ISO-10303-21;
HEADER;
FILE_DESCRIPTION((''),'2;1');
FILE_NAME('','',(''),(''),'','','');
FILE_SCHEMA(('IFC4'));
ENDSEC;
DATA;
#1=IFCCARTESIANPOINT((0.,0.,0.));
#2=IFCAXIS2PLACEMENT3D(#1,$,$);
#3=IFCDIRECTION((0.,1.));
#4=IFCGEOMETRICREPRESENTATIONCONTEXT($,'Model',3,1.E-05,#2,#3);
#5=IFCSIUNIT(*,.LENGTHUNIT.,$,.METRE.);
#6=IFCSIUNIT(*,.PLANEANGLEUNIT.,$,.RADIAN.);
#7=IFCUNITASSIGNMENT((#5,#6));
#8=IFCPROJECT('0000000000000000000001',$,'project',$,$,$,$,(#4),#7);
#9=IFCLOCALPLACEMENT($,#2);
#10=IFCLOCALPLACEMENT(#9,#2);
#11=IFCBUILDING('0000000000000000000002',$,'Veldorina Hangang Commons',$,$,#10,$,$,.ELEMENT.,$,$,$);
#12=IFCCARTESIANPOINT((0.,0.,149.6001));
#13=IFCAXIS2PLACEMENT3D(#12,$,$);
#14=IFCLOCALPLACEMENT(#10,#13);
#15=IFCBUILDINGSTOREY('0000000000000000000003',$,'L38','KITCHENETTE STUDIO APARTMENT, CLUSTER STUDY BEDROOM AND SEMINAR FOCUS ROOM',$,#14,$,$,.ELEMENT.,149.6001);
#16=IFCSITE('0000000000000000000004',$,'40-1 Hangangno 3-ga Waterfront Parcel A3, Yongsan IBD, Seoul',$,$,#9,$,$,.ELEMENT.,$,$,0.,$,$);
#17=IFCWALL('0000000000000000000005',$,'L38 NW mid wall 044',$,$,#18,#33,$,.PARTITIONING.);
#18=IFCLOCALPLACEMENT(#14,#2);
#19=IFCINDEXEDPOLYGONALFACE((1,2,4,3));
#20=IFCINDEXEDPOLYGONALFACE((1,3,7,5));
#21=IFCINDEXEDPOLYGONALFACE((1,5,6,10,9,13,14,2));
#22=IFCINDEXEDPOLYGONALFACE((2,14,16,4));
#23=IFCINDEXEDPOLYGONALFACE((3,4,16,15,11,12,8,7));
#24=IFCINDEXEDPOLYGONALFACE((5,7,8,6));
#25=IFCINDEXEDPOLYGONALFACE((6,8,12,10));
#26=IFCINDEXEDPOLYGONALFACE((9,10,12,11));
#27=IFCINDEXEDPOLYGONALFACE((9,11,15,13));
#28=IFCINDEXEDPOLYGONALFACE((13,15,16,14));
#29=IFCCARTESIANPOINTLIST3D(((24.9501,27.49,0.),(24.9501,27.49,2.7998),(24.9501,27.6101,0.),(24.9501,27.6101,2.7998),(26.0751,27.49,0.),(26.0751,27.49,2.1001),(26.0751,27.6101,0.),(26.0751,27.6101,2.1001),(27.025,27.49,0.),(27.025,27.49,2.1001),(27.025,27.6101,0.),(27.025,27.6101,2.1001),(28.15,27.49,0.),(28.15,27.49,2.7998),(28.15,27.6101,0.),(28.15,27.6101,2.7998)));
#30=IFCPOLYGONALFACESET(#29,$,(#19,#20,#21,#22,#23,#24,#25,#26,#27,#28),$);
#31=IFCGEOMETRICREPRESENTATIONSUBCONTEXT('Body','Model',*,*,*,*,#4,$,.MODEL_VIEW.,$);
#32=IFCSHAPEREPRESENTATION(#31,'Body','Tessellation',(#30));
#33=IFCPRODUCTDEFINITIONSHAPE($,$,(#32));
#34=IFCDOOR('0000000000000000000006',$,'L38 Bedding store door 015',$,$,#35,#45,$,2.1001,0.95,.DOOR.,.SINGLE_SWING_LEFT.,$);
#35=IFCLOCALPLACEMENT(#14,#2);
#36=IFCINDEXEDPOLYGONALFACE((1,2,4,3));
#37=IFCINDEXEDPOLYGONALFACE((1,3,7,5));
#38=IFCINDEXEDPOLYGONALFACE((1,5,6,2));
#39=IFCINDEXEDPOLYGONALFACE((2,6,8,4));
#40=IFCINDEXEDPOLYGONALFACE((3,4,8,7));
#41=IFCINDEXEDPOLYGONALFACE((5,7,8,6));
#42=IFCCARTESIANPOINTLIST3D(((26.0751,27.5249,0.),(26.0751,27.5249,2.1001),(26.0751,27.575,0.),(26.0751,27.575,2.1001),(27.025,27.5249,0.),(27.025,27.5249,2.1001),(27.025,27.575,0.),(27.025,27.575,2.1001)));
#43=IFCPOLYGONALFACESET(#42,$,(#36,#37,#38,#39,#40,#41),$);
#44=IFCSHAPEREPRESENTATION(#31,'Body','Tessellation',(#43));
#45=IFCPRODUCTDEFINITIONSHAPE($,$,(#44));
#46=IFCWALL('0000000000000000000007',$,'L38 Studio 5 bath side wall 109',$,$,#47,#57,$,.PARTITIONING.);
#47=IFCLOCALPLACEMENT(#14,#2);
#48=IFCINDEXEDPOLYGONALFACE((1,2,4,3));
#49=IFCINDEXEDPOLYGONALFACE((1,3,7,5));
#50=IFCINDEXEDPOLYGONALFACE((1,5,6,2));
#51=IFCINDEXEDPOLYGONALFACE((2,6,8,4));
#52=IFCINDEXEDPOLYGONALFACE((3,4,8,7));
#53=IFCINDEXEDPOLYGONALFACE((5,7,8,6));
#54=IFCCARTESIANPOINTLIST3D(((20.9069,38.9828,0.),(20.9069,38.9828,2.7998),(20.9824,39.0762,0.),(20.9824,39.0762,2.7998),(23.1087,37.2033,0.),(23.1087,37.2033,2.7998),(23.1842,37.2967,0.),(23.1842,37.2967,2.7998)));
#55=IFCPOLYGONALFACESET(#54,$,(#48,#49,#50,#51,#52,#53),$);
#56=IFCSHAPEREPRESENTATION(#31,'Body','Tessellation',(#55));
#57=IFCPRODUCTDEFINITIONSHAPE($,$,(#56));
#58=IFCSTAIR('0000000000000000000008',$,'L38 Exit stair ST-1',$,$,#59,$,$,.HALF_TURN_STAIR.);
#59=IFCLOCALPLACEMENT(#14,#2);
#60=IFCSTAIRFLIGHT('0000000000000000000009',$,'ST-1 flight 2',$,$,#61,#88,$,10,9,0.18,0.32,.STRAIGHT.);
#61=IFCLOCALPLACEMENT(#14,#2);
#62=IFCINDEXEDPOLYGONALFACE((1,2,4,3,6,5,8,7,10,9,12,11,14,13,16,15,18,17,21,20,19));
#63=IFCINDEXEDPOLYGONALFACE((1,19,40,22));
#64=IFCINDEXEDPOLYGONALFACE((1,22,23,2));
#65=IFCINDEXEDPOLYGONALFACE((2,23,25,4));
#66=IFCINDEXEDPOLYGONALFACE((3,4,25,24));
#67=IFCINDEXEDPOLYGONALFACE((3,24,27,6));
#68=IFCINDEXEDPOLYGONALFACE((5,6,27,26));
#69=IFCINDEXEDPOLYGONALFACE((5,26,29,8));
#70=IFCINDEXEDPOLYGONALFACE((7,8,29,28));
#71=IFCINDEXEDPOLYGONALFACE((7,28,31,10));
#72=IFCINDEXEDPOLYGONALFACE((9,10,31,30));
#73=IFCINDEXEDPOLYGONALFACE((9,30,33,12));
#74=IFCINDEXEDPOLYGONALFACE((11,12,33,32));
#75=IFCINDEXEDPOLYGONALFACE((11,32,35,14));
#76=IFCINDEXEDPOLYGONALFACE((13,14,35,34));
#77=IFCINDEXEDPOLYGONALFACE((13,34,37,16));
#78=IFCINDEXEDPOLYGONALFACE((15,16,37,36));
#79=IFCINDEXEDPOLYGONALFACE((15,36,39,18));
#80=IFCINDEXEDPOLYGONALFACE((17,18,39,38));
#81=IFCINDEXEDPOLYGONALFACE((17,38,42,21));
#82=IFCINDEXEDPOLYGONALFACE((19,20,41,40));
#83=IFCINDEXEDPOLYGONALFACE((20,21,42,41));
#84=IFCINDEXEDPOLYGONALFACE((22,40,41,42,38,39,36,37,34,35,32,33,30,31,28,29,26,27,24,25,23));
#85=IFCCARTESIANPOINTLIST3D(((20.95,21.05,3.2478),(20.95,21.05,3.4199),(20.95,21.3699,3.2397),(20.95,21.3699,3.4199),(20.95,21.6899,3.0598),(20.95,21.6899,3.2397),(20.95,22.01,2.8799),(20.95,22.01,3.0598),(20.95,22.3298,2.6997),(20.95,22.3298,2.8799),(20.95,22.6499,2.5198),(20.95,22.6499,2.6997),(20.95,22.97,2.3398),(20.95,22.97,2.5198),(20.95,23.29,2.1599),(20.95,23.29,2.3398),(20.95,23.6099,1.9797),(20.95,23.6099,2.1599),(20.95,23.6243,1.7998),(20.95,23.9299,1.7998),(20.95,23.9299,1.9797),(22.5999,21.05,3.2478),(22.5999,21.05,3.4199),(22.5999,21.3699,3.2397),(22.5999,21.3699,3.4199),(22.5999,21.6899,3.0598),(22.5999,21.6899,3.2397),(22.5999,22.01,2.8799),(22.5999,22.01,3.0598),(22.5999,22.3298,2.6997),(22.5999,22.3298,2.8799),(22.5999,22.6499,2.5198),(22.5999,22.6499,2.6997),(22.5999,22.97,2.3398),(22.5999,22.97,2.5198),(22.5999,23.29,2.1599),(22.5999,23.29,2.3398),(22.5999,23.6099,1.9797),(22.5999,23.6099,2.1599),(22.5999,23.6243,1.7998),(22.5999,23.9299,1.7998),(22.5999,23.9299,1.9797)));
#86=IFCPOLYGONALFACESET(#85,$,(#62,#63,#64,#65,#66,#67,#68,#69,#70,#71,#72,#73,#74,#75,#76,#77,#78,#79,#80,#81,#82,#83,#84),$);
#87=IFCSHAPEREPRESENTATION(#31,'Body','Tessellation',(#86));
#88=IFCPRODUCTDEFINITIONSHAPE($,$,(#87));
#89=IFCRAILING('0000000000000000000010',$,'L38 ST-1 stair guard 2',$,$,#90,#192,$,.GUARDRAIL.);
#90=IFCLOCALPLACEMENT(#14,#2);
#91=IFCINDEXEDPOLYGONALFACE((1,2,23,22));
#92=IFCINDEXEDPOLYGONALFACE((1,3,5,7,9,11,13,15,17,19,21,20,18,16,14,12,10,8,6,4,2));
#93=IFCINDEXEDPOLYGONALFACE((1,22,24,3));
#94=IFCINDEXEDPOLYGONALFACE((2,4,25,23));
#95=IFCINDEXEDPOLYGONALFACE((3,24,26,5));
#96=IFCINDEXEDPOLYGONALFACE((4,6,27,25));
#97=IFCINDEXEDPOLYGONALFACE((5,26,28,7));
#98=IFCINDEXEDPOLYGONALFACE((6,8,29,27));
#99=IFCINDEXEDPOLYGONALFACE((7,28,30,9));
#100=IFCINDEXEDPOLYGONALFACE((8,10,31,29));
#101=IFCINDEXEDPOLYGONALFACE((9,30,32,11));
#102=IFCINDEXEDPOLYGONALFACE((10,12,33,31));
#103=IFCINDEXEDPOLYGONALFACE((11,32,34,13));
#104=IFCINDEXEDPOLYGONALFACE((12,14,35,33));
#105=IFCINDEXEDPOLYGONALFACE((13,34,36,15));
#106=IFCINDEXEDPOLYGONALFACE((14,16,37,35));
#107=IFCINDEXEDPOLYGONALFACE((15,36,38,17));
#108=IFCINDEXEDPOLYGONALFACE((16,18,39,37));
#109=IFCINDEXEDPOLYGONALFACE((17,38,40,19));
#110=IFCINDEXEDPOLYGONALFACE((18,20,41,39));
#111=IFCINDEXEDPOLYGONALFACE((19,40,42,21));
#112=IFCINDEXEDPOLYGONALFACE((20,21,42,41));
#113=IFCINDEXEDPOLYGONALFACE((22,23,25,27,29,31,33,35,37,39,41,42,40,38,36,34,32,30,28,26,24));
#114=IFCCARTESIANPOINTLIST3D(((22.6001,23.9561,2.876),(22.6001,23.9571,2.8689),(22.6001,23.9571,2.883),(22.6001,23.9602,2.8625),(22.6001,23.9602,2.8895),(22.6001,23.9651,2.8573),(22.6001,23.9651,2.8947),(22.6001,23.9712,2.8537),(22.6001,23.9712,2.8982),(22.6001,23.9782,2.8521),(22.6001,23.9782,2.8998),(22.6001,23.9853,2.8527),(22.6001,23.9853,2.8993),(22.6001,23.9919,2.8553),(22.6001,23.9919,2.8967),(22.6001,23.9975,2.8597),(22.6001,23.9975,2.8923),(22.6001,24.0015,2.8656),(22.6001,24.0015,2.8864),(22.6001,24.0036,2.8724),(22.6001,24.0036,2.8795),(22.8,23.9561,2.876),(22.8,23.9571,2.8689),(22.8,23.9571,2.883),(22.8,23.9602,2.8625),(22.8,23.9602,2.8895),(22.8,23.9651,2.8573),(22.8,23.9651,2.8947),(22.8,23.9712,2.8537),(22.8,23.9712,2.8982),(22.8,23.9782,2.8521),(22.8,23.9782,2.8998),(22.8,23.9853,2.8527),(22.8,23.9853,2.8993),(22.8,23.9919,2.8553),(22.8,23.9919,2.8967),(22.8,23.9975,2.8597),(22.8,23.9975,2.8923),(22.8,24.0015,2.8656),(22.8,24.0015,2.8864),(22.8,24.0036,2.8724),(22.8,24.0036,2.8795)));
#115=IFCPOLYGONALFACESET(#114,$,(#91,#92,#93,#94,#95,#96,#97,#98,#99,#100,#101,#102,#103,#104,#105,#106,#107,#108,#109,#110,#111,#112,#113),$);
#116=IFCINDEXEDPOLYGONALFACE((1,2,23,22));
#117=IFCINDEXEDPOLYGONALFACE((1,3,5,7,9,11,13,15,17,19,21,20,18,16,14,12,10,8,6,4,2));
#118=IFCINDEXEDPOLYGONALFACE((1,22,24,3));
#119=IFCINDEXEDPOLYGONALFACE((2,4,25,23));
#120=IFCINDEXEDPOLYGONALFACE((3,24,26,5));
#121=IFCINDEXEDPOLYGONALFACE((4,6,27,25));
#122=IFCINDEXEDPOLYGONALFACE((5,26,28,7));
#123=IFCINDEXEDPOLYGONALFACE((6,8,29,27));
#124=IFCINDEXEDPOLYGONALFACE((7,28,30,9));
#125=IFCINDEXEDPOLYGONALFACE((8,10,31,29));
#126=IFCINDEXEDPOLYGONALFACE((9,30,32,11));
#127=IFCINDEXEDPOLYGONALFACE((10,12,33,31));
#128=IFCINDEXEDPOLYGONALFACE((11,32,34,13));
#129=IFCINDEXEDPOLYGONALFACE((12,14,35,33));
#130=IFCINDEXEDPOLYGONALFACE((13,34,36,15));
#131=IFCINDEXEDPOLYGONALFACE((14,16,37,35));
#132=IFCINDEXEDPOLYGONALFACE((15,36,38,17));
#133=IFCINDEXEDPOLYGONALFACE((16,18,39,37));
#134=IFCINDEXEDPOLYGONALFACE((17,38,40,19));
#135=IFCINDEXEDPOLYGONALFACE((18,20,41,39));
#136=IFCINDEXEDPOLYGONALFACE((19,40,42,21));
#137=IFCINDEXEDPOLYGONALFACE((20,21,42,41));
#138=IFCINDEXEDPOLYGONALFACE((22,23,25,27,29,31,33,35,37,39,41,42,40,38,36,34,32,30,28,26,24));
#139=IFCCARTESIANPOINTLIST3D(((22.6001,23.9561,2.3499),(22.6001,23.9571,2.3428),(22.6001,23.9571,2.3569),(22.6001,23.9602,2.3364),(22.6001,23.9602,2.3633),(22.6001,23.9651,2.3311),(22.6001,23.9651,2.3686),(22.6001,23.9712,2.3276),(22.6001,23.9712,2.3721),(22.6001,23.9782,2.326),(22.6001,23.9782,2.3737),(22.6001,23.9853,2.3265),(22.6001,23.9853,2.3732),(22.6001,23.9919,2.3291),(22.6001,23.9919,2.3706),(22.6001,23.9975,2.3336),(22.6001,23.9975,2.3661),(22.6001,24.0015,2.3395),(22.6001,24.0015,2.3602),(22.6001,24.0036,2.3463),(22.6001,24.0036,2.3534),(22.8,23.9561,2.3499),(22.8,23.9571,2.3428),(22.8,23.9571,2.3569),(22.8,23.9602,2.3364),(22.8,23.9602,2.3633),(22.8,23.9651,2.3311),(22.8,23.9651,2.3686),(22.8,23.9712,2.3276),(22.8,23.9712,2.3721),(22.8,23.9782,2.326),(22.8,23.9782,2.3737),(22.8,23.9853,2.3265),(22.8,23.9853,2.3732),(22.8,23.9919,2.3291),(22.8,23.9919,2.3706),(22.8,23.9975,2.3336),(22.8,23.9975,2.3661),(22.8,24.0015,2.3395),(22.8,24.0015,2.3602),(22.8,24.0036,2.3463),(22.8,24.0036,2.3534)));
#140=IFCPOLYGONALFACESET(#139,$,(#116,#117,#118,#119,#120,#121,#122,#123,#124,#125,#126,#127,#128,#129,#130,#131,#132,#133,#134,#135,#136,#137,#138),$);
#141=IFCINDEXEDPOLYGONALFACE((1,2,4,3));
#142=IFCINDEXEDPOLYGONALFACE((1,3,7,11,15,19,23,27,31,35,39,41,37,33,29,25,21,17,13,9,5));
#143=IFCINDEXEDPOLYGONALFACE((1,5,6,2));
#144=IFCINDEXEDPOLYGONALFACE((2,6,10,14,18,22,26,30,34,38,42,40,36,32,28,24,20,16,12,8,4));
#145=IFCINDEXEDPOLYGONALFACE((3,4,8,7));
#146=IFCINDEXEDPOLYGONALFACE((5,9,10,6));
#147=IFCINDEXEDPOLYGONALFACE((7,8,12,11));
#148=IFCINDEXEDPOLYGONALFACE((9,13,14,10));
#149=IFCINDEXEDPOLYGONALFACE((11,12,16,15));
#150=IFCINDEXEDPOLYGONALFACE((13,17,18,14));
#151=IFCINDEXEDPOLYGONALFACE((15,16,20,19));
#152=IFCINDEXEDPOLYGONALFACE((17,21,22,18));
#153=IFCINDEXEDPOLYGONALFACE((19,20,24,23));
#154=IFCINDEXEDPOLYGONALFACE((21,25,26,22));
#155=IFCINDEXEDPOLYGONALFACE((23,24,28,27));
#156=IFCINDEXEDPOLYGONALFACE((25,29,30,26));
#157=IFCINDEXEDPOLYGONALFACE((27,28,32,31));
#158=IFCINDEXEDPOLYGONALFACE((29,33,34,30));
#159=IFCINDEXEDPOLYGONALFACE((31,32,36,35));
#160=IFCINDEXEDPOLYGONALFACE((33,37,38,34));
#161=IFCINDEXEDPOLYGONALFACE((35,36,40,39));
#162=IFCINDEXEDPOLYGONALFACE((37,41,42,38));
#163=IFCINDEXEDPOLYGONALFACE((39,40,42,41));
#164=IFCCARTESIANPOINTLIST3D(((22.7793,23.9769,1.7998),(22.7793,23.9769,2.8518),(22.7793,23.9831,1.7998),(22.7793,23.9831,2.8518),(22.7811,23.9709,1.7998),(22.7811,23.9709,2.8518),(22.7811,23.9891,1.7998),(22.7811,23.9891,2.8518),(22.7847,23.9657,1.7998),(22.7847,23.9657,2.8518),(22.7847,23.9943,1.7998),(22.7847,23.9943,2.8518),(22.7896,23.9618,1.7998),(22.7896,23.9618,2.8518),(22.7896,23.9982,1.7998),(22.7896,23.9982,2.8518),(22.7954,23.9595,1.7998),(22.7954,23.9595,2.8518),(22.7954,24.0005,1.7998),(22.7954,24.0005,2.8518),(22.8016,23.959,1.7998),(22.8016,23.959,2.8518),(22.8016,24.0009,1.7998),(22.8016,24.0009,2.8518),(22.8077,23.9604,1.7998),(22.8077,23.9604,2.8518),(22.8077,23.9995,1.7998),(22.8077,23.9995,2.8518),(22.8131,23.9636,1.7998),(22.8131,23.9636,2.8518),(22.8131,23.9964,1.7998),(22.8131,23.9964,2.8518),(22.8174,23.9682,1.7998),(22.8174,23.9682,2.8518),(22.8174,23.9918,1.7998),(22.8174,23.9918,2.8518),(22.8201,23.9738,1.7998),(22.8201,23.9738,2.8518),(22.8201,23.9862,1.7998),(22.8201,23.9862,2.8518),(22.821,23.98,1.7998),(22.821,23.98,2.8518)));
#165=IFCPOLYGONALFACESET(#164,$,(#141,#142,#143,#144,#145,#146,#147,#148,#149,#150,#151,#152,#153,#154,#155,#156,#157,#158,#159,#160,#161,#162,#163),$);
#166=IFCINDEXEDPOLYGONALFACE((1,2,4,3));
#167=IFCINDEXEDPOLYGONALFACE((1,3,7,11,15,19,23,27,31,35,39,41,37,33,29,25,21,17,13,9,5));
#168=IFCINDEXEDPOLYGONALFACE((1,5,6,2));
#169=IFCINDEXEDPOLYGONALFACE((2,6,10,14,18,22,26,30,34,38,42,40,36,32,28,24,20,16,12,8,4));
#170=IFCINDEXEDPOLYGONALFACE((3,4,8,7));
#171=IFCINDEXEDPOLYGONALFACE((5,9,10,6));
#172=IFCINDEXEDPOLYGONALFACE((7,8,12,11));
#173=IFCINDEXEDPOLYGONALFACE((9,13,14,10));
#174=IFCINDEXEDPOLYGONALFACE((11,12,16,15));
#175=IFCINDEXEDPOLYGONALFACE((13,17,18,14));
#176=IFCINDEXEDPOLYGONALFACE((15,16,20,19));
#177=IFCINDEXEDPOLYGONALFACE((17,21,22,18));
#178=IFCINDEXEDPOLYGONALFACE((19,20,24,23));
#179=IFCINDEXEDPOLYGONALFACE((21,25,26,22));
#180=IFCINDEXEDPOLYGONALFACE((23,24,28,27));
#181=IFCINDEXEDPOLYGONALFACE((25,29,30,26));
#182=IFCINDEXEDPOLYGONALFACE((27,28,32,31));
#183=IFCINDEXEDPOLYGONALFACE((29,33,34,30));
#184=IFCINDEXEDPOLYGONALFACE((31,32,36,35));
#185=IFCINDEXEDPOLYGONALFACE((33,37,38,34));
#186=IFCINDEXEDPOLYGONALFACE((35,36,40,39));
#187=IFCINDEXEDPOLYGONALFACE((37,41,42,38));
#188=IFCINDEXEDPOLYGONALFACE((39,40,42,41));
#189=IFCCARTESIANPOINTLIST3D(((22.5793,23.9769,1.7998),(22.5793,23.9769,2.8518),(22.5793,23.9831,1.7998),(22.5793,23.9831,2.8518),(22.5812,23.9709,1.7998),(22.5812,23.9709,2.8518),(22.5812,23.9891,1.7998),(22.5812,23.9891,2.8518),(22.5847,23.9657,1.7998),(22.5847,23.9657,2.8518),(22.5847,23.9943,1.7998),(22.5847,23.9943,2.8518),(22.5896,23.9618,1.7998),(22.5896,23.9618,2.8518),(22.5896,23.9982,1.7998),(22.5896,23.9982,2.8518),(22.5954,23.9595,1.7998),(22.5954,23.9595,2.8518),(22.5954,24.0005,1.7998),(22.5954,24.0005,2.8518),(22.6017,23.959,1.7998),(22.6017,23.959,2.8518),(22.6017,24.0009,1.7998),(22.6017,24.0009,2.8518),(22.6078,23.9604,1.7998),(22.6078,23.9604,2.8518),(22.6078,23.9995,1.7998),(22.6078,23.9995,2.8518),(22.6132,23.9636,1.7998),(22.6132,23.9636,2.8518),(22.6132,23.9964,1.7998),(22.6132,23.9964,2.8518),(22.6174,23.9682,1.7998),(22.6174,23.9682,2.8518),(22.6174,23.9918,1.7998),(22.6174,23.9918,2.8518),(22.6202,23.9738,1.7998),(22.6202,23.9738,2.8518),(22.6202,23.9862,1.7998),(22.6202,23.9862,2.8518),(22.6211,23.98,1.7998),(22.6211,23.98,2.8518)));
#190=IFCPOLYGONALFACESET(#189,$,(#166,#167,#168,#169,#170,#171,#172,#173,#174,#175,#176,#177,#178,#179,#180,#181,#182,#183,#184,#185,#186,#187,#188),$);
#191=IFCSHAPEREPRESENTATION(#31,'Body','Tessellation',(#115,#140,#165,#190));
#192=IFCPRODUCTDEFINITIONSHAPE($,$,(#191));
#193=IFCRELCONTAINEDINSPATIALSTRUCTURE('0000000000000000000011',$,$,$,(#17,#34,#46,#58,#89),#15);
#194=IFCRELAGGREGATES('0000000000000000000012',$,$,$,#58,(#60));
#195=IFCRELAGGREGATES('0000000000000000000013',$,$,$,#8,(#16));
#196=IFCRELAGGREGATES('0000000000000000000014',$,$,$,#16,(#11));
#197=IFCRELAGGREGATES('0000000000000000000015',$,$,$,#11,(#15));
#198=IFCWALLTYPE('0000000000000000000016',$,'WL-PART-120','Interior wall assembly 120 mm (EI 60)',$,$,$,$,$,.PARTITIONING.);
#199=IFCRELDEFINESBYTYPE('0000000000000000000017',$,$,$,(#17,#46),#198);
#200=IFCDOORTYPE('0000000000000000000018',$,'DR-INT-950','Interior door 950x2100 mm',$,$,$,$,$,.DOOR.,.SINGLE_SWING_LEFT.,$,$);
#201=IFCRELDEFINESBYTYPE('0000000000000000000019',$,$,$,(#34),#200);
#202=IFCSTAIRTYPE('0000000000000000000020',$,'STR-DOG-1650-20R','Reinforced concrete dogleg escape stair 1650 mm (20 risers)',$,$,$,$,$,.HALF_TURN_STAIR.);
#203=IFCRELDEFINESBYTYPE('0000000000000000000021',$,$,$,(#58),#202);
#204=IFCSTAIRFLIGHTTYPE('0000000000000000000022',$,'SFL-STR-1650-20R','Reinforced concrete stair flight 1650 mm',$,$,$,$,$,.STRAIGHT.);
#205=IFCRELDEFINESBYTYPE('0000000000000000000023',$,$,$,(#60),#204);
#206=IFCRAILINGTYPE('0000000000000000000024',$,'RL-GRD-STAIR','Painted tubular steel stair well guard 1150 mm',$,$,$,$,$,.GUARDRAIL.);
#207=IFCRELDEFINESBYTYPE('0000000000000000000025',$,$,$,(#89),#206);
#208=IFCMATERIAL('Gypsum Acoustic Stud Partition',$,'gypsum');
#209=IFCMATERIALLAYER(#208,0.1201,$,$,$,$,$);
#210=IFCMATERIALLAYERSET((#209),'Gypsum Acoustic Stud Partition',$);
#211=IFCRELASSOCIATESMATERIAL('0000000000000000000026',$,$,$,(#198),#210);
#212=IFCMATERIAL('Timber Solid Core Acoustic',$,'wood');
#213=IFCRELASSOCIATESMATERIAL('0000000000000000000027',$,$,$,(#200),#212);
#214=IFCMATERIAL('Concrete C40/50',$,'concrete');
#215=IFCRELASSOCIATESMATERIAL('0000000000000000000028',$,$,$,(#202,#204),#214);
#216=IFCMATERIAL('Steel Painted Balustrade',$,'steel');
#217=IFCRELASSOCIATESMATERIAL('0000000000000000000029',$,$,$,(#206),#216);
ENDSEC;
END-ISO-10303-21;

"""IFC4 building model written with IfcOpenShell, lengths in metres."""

from ifc_helpers import new_model, si_unit, direction, frame, frame_2d, origin, origin_2d, place, context, subcontext, project, spatial, polyline, rectangle, circle, outline, extrude, material, layer, layer_set, type_object, element, fill, aggregate, save


model = new_model("IFC4")

# Units and contexts
model_context = context("Model", 3, precision=1e-05, world=origin(), true_north=direction((0.0, 1.0)))
body_context = subcontext(model_context, "Body", "Model", "MODEL_VIEW")
ifc_project = project(units=[si_unit("LENGTHUNIT", "METRE"), si_unit("PLANEANGLEUNIT", "RADIAN")], contexts=[model_context])

# Site, building, storey
site_placement = place(None, origin())
site = spatial("IfcSite", under=ifc_project, at=site_placement, Name="40-1 Hangangno 3-ga Waterfront Parcel A3, Yongsan IBD, Seoul", CompositionType="ELEMENT", RefElevation=0.0)
building_placement = place(site_placement, origin())
building = spatial("IfcBuilding", under=site, at=building_placement, Name="Veldorina Hangang Commons", CompositionType="ELEMENT")
storey_placement = place(building_placement, frame((0.0, 0.0, 149.6001)))
storey = spatial("IfcBuildingStorey", under=building, at=storey_placement, Name="L38", Description="KITCHENETTE STUDIO APARTMENT, CLUSTER STUDY BEDROOM AND SEMINAR FOCUS ROOM", CompositionType="ELEMENT", Elevation=149.6001)

# Shared definitions
ifc_material_1 = material(Name="Gypsum Acoustic Stud Partition", Category="gypsum")
ifc_layer_1 = layer(ifc_material_1, 0.1201)
ifc_layer_set_1 = layer_set([ifc_layer_1], Name="Gypsum Acoustic Stud Partition")
wall_type_1 = type_object("IfcWallType", Name="WL-PART-120", Description="Interior wall assembly 120 mm (EI 60)", PredefinedType="PARTITIONING", material=ifc_layer_set_1)

# Wall, opening, door
ifc_material_2 = material(Name="Timber Solid Core Acoustic", Category="wood")
door_type_1 = type_object("IfcDoorType", Name="DR-INT-950", Description="Interior door 950x2100 mm", OperationType="SINGLE_SWING_LEFT", PredefinedType="DOOR", material=ifc_material_2)
wall_1_placement = place(storey_placement, frame((24.95, 27.55, 0.0), z_axis=(0.0, 0.0, 1.0), x_axis=(1.0, 0.0, 0.0)))
wall_1 = element("IfcWall", 1, at=wall_1_placement, inside=storey, type_object=wall_type_1, Name="L38 NW mid wall 044", PredefinedType="PARTITIONING", context=body_context, shape_type="SweptSolid", body=[
    extrude(rectangle(XDim=3.2, YDim=0.1201, at=frame_2d((1.6001, 0.0))), origin(), (0.0, 0.0, 1.0), 2.7998),
])
opening_1_placement = place(wall_1_placement, frame((1.125, 0.0, 0.0)))
opening_1 = element("IfcOpeningElement", 2, at=opening_1_placement, cuts=wall_1, PredefinedType="OPENING", context=body_context, shape_type="SweptSolid", body=[
    extrude(rectangle(XDim=0.95, YDim=2.1001, at=frame_2d((0.4751, 1.05))), frame((0.0, 0.0701, 0.0), z_axis=(0.0, -1.0, 0.0), x_axis=(1.0, 0.0, 0.0)), (0.0, 0.0, 1.0), 0.1401),
])
door_1_placement = place(opening_1_placement, origin())
door_1 = element("IfcDoor", 3, at=door_1_placement, inside=storey, type_object=door_type_1, Name="L38 Bedding store door 015", OperationType="SINGLE_SWING_LEFT", OverallHeight=2.1001, OverallWidth=0.95, PredefinedType="DOOR", context=body_context, shape_type="SweptSolid", body=[
    extrude(rectangle(XDim=0.95, YDim=2.1001, at=frame_2d((0.4751, 1.05))), frame((0.0, 0.0249, 0.0), z_axis=(0.0, -1.0, 0.0), x_axis=(1.0, 0.0, 0.0)), (0.0, 0.0, 1.0), 0.05),
])
fill(opening_1, door_1)

# Wall
wall_2_placement = place(storey_placement, frame((23.1465, 37.25, 0.0), z_axis=(0.0, 0.0, 1.0), x_axis=(-0.777755, 0.628568, 0.0)))
element("IfcWall", 4, at=wall_2_placement, inside=storey, type_object=wall_type_1, Name="L38 Studio 5 bath side wall 109", PredefinedType="PARTITIONING", context=body_context, shape_type="SweptSolid", body=[
    extrude(rectangle(XDim=2.8311, YDim=0.1201, at=frame_2d((1.4155, 0.0))), origin(), (0.0, 0.0, 1.0), 2.7998),
])

# Stair, stair flight
ifc_material_3 = material(Name="Concrete C40/50", Category="concrete")
stair_type = type_object("IfcStairType", Name="STR-DOG-1650-20R", Description="Reinforced concrete dogleg escape stair 1650 mm (20 risers)", PredefinedType="HALF_TURN_STAIR", material=ifc_material_3)
stair_placement = place(storey_placement, origin())
stair = element("IfcStair", 5, at=stair_placement, inside=storey, type_object=stair_type, Name="L38 Exit stair ST-1", PredefinedType="HALF_TURN_STAIR")
stair_flight_type = type_object("IfcStairFlightType", Name="SFL-STR-1650-20R", Description="Reinforced concrete stair flight 1650 mm", PredefinedType="STRAIGHT", material=ifc_material_3)
stair_flight_placement = place(storey_placement, frame((21.7749, 23.9299, 1.7998), z_axis=(0.0, 0.0, 1.0), x_axis=(0.0, -1.0, 0.0)))
stair_flight = element("IfcStairFlight", 6, at=stair_flight_placement, type_object=stair_flight_type, Name="ST-1 flight 2", NumberOfRisers=10, NumberOfTreads=9, PredefinedType="STRAIGHT", RiserHeight=0.18, TreadLength=0.32, context=body_context, shape_type="SweptSolid", body=[
    extrude(outline(polyline([(0.0, 0.0), (0.0, 0.1799), (0.3201, 0.1799), (0.3201, 0.3601), (0.6399, 0.3601), (0.6399, 0.54), (0.96, 0.54), (0.96, 0.72), (1.28, 0.72), (1.28, 0.8999), (1.6001, 0.8999), (1.6001, 1.0801), (1.9199, 1.0801), (1.9199, 1.26), (2.24, 1.26), (2.24, 1.4399), (2.5601, 1.4399), (2.5601, 1.6201), (2.8799, 1.6201), (2.8799, 1.8), (2.8799, 1.448), (0.3057, 0.0), (0.0, 0.0)])), frame((0.0, 0.825, 0.0), z_axis=(0.0, -1.0, 0.0), x_axis=(1.0, 0.0, 0.0)), (0.0, 0.0, 1.0), 1.6499),
])
aggregate(stair, [stair_flight])

# Railing
ifc_material_4 = material(Name="Steel Painted Balustrade", Category="steel")
railing_type_1 = type_object("IfcRailingType", Name="RL-GRD-STAIR", Description="Painted tubular steel stair well guard 1150 mm", PredefinedType="GUARDRAIL", material=ifc_material_4)
railing_1_placement = place(storey_placement, frame((22.8, 23.98, 1.7998)))
element("IfcRailing", 7, at=railing_1_placement, inside=storey, type_object=railing_type_1, Name="L38 ST-1 stair guard 2", PredefinedType="GUARDRAIL", context=body_context, shape_type="SweptSolid", body=[
    extrude(circle(Radius=0.0239, at=origin_2d()), frame((0.0, 0.0, 1.0762), z_axis=(-1.0, 0.0, 0.0), x_axis=(0.0, -1.0, 0.0)), (0.0, 0.0, 1.0), 0.2),
    extrude(circle(Radius=0.0239, at=origin_2d()), frame((0.0, 0.0, 0.55), z_axis=(-1.0, 0.0, 0.0), x_axis=(0.0, -1.0, 0.0)), (0.0, 0.0, 1.0), 0.2),
    extrude(circle(Radius=0.021, at=origin_2d()), origin(), (0.0, 0.0, 1.0), 1.052),
    extrude(circle(Radius=0.021, at=origin_2d()), frame((-0.2, 0.0, 0.0)), (0.0, 0.0, 1.0), 1.052),
])

save(model, "model.ifc")
